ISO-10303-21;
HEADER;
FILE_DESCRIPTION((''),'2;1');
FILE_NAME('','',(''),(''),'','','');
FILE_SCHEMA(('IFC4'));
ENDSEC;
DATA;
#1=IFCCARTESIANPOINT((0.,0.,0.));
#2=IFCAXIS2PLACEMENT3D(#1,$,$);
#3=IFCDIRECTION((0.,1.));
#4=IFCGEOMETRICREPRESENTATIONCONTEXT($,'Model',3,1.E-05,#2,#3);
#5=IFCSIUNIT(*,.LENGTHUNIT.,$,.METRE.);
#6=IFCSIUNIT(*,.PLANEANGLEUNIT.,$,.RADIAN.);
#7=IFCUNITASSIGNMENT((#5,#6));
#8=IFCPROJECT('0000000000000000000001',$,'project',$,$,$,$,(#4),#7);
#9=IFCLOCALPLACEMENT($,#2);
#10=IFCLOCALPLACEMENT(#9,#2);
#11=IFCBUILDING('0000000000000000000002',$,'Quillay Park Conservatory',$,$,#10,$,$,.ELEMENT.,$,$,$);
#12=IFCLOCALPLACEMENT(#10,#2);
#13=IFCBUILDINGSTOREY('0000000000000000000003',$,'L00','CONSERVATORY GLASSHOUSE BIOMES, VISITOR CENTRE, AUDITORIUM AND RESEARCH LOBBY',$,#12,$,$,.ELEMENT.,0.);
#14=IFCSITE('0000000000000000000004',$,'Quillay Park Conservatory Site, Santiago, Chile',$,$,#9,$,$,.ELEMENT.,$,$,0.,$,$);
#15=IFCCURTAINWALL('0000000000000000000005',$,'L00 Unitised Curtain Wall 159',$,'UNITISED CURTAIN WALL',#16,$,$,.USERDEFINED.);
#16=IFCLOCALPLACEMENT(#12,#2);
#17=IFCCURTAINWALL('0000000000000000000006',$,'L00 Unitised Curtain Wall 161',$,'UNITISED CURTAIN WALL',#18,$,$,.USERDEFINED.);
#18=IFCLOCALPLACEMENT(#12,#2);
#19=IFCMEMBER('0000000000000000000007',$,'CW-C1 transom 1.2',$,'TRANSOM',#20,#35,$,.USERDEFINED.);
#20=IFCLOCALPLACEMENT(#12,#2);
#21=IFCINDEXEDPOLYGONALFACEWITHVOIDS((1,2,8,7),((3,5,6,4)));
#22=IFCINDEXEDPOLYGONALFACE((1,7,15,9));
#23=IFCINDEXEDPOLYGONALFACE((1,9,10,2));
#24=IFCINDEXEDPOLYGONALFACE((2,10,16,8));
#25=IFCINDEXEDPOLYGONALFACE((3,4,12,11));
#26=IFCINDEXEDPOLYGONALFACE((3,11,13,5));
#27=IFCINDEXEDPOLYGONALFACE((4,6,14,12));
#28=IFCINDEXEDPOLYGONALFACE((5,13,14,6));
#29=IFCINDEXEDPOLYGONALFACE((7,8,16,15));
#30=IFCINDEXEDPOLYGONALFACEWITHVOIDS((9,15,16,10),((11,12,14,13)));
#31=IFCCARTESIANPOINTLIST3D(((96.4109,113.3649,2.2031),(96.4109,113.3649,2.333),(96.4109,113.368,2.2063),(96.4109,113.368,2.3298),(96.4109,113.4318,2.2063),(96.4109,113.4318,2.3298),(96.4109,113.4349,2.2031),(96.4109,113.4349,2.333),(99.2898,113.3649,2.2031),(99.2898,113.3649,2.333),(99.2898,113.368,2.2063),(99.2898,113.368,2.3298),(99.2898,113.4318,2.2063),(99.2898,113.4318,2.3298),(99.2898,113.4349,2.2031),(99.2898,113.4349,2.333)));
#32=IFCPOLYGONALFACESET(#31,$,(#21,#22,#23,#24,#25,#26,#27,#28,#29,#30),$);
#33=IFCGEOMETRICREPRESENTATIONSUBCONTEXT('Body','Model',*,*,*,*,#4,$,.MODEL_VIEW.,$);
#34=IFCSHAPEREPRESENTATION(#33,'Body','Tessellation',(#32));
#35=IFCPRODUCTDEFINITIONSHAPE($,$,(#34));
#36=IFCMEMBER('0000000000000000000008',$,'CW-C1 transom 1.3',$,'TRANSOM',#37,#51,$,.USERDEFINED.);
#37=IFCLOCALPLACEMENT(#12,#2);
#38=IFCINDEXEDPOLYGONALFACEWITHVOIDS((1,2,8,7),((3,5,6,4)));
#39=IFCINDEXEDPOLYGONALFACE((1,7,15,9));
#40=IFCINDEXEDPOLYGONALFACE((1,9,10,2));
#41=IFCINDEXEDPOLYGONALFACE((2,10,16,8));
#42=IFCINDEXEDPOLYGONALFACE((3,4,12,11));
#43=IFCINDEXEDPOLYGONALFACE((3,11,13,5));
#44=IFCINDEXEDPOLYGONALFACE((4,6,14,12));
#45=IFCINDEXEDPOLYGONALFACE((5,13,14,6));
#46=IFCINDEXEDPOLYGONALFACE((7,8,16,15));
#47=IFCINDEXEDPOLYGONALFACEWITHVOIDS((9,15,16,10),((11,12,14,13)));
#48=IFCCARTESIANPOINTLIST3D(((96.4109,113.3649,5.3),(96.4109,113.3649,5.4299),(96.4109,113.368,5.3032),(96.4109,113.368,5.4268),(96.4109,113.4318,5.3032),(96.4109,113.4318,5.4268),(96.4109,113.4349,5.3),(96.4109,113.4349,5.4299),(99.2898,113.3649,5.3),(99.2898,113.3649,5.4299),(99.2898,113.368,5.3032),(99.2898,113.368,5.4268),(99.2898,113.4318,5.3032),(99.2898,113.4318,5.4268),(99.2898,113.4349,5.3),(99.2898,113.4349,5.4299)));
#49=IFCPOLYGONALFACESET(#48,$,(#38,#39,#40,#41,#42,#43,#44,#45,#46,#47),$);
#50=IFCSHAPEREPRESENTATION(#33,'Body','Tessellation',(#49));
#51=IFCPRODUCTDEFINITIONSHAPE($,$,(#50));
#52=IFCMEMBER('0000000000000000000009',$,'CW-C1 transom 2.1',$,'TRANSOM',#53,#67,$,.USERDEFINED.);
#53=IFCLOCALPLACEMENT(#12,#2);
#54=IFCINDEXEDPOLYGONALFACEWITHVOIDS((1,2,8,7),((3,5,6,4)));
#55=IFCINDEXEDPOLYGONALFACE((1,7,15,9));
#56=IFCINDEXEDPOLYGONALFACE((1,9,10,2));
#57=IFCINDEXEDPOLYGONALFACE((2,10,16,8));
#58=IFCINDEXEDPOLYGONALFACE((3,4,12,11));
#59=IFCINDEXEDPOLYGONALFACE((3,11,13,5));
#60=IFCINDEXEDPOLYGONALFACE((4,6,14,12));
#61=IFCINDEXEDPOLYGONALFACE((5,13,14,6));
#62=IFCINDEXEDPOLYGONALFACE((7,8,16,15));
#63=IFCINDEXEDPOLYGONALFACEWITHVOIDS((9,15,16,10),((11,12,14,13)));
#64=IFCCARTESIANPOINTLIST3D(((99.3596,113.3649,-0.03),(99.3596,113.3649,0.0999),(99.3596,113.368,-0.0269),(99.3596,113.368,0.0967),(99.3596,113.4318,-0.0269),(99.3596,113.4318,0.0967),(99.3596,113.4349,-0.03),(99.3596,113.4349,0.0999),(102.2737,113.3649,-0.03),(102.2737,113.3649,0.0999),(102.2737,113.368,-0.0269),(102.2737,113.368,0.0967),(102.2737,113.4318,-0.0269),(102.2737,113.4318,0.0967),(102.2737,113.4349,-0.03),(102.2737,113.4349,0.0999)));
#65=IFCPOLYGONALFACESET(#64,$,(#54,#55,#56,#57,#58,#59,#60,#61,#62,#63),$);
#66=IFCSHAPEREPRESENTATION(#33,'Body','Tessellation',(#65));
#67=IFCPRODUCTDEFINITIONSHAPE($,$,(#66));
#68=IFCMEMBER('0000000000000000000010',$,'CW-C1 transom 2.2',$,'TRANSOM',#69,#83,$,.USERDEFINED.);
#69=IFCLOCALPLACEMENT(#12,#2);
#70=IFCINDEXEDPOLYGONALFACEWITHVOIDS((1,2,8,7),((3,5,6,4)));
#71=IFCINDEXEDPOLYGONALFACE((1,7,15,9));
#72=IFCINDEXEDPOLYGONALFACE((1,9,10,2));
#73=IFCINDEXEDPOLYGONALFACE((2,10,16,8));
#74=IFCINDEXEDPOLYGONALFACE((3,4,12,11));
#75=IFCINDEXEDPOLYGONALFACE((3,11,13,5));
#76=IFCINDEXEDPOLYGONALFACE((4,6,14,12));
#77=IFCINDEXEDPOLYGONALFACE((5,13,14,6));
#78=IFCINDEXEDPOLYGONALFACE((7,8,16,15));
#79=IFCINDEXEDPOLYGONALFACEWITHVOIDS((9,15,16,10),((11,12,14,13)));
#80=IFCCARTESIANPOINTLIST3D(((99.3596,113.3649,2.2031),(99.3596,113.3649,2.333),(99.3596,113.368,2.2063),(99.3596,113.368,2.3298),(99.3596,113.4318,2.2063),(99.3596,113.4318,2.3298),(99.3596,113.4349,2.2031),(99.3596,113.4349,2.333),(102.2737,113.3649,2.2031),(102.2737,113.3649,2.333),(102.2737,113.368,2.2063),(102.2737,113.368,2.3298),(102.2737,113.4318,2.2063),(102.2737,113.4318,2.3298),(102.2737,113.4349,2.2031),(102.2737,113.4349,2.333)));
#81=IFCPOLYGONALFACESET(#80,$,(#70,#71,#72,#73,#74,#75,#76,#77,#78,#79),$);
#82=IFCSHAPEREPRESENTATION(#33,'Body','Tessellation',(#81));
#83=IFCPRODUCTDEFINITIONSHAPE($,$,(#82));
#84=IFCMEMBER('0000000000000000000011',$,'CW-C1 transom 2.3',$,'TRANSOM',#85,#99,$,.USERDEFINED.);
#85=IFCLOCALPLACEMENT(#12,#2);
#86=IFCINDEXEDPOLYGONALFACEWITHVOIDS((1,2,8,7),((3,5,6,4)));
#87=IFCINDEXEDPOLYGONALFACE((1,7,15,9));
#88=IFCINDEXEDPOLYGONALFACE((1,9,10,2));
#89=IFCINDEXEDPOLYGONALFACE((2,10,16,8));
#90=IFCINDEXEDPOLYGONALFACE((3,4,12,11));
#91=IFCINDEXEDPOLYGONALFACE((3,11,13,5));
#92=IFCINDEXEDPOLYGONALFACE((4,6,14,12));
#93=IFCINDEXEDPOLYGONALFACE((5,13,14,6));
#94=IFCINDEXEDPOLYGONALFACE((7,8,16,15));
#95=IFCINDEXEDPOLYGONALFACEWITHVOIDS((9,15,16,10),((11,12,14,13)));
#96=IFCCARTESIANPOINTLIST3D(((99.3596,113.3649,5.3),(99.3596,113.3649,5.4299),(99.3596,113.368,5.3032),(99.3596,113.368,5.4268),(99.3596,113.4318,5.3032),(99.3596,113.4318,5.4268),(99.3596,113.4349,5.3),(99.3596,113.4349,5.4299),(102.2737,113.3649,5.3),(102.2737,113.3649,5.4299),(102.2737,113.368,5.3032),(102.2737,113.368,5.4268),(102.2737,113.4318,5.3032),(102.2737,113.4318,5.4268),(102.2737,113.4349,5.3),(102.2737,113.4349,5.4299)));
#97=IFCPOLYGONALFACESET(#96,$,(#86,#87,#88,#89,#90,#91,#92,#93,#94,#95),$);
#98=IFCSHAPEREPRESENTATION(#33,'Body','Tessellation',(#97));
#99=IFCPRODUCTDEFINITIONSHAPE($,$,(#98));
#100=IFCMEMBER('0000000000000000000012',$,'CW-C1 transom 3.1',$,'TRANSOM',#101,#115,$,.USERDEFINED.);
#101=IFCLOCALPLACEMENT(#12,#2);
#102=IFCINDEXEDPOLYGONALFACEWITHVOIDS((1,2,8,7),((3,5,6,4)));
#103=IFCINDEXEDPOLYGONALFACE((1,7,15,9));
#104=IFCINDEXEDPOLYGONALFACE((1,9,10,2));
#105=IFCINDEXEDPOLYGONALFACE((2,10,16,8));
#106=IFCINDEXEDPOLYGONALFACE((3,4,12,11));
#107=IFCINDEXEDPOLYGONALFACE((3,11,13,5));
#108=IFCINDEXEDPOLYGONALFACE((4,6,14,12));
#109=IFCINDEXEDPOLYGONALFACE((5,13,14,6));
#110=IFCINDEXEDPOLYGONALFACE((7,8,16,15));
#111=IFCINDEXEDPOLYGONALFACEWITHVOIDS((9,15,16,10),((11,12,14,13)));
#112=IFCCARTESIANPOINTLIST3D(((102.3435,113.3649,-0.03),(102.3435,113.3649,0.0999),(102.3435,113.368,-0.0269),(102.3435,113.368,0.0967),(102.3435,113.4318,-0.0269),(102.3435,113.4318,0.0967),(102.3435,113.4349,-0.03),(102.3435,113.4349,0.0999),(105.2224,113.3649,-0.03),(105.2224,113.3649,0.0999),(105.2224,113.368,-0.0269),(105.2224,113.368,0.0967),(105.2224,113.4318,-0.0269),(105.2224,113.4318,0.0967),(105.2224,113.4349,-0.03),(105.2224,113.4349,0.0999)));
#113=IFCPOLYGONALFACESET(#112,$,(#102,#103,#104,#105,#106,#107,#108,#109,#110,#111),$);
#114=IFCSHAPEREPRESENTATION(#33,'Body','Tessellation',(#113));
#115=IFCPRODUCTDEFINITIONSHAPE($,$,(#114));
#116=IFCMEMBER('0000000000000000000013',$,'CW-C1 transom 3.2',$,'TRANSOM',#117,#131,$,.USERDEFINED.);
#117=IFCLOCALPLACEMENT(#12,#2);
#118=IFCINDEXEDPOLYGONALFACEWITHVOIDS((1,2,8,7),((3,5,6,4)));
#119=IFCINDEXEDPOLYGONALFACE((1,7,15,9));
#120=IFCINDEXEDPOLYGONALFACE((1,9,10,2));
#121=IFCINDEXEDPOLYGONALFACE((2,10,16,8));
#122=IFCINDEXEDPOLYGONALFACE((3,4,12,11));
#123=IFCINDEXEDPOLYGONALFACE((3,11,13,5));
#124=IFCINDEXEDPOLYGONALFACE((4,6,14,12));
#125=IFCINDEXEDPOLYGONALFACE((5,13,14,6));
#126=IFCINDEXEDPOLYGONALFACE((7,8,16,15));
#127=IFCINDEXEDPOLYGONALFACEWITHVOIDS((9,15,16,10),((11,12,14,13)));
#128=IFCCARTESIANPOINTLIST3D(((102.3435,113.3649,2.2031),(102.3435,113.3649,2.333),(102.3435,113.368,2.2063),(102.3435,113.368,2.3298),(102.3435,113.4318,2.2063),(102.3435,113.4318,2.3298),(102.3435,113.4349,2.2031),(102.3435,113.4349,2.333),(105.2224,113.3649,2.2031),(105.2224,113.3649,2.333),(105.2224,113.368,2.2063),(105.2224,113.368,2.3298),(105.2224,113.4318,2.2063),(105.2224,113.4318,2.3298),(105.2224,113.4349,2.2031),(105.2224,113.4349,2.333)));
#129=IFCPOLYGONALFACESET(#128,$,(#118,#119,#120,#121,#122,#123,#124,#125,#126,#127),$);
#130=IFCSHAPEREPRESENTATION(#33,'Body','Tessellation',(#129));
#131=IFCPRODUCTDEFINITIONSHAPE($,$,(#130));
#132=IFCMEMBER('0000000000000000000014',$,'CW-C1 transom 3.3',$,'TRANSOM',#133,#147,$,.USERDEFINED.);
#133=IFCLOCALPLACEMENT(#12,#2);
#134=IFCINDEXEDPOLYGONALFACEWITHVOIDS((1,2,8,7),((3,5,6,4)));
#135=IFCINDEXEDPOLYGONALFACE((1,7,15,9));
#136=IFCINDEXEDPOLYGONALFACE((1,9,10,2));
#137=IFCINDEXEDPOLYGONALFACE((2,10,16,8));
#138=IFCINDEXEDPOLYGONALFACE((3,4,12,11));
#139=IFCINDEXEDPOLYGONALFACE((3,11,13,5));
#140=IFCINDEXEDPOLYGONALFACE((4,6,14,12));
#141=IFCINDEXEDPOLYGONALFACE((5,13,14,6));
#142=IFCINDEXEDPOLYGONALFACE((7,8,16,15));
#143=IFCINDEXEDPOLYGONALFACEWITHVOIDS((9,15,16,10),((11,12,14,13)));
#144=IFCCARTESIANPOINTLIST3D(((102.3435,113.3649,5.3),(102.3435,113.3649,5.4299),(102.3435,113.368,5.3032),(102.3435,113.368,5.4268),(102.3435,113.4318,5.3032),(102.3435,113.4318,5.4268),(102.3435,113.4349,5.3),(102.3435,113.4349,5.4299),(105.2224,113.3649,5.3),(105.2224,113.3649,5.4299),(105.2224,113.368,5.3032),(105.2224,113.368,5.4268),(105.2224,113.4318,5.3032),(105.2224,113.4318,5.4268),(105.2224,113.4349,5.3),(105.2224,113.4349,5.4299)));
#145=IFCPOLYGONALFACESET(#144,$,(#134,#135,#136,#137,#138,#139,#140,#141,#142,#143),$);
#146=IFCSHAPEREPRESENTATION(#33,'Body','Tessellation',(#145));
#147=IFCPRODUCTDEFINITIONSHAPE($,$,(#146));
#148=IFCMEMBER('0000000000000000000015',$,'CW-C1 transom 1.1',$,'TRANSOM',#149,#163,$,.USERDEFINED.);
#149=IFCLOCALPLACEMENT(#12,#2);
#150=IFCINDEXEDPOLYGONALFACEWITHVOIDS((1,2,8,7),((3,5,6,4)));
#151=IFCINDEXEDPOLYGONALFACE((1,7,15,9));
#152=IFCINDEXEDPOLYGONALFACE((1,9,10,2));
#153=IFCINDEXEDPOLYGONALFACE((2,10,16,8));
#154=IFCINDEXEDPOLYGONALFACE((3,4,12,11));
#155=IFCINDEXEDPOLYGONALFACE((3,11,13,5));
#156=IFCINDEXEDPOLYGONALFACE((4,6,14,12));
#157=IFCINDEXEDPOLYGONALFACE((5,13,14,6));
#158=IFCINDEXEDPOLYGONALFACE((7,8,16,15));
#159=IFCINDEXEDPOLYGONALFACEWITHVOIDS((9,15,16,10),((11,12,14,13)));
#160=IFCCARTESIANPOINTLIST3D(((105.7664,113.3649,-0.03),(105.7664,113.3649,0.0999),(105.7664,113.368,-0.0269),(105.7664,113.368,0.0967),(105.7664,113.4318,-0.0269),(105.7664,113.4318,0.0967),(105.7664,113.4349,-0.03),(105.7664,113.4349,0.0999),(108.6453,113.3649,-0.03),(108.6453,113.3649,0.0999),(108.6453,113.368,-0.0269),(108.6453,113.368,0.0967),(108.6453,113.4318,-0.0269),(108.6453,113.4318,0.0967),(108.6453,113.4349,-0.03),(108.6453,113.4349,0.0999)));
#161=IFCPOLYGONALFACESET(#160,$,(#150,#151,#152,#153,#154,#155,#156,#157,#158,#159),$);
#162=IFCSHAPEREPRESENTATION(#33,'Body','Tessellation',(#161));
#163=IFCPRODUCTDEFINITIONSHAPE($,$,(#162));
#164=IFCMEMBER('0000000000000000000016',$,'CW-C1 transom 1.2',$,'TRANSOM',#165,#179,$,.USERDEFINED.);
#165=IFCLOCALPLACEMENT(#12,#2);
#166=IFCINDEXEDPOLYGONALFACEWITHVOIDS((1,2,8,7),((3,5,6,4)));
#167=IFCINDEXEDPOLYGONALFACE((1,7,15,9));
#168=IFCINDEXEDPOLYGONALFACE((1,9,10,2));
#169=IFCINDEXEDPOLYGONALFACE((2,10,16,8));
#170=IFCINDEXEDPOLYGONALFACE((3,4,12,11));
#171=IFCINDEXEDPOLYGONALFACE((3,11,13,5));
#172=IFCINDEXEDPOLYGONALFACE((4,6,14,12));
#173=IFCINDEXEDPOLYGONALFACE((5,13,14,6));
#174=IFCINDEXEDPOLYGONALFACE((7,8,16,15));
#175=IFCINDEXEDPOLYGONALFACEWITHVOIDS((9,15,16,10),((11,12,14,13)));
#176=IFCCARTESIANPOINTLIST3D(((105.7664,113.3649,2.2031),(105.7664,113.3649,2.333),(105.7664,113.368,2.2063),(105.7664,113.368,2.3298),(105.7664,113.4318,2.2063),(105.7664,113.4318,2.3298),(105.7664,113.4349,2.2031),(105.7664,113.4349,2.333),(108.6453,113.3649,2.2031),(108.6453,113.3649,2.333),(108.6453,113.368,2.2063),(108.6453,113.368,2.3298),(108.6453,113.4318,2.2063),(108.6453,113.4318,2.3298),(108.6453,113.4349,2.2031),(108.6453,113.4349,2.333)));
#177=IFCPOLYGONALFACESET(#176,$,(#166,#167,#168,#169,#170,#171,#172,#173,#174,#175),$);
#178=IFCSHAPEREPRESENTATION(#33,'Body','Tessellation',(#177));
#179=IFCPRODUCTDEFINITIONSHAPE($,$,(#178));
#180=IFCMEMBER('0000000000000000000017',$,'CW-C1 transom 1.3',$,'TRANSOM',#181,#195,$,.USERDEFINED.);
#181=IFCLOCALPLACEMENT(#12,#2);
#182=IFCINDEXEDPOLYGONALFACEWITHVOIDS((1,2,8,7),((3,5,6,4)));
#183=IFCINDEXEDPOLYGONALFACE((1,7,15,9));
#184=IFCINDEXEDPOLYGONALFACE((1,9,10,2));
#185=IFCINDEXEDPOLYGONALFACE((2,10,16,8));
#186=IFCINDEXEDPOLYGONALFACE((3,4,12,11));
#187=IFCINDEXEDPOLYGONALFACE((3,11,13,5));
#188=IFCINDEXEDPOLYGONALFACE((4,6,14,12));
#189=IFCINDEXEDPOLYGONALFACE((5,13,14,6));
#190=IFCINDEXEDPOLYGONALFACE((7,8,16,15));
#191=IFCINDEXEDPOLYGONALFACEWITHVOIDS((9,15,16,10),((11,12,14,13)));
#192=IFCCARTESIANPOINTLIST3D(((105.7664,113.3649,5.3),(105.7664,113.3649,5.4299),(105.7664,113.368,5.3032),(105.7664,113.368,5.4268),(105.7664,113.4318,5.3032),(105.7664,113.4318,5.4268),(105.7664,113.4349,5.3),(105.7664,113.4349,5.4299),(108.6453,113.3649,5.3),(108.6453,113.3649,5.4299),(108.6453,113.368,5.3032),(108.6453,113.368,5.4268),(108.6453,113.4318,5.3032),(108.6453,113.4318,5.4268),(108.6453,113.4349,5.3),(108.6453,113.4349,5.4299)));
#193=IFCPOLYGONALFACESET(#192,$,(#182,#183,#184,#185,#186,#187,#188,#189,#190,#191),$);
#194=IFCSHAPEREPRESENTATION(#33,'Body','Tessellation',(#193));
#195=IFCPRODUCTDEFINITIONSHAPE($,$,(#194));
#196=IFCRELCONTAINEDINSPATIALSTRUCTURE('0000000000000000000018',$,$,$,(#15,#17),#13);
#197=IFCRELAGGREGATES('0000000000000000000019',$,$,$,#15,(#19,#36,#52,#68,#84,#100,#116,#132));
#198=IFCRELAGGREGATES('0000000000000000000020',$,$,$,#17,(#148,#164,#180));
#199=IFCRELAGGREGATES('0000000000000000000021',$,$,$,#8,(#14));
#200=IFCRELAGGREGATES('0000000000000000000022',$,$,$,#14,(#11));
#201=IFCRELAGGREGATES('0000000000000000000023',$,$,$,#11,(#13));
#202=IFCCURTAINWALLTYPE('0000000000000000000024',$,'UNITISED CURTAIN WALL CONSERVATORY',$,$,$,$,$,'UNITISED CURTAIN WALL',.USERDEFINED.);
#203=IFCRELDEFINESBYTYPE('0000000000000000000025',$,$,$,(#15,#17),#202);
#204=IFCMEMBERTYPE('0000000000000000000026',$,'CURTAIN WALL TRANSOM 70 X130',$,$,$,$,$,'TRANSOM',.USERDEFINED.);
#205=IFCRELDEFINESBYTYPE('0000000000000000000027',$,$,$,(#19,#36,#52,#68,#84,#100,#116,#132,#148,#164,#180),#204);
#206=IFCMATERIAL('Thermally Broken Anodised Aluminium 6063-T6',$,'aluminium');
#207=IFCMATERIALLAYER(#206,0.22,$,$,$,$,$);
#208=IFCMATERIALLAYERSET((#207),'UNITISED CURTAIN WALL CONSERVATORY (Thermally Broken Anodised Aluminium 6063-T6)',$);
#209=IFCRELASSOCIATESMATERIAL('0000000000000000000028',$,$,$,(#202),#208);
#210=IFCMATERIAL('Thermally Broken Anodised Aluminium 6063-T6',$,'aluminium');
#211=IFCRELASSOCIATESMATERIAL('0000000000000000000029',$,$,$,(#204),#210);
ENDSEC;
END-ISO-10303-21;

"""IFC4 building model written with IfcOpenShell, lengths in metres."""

from ifc_helpers import new_model, si_unit, direction, frame, origin, origin_2d, place, context, subcontext, project, spatial, hollow_rectangle, extrude, material, layer, layer_set, material_profile, profile_set, type_object, element, aggregate, save


model = new_model("IFC4")

# Units and contexts
model_context = context("Model", 3, precision=1e-05, world=origin(), true_north=direction((0.0, 1.0)))
body_context = subcontext(model_context, "Body", "Model", "MODEL_VIEW")
ifc_project = project(units=[si_unit("LENGTHUNIT", "METRE"), si_unit("PLANEANGLEUNIT", "RADIAN")], contexts=[model_context])

# Site, building, storey
site_placement = place(None, origin())
site = spatial("IfcSite", under=ifc_project, at=site_placement, Name="Quillay Park Conservatory Site, Santiago, Chile", CompositionType="ELEMENT", RefElevation=0.0)
building_placement = place(site_placement, origin())
building = spatial("IfcBuilding", under=site, at=building_placement, Name="Quillay Park Conservatory", CompositionType="ELEMENT")
storey_placement = place(building_placement, origin())
storey = spatial("IfcBuildingStorey", under=building, at=storey_placement, Name="L00", Description="CONSERVATORY GLASSHOUSE BIOMES, VISITOR CENTRE, AUDITORIUM AND RESEARCH LOBBY", CompositionType="ELEMENT", Elevation=0.0)

# Curtain walls
ifc_material_1 = material(Name="Thermally Broken Anodised Aluminium 6063-T6", Category="aluminium")
ifc_layer_1 = layer(ifc_material_1, 0.22)
ifc_layer_set_1 = layer_set([ifc_layer_1], Name="UNITISED CURTAIN WALL CONSERVATORY (Thermally Broken Anodised Aluminium 6063-T6)")
curtain_wall_type = type_object("IfcCurtainWallType", Name="UNITISED CURTAIN WALL CONSERVATORY", ElementType="UNITISED CURTAIN WALL", PredefinedType="USERDEFINED", material=ifc_layer_set_1)
curtain_wall_1_placement = place(storey_placement, origin())
curtain_wall_1 = element("IfcCurtainWall", 1, at=curtain_wall_1_placement, inside=storey, type_object=curtain_wall_type, Name="L00 Unitised Curtain Wall 159", ObjectType="UNITISED CURTAIN WALL", PredefinedType="USERDEFINED")
curtain_wall_2_placement = place(storey_placement, origin())
curtain_wall_2 = element("IfcCurtainWall", 2, at=curtain_wall_2_placement, inside=storey, type_object=curtain_wall_type, Name="L00 Unitised Curtain Wall 161", ObjectType="UNITISED CURTAIN WALL", PredefinedType="USERDEFINED")

# Members
ifc_material_2 = material(Name="Thermally Broken Anodised Aluminium 6063-T6", Category="aluminium")
ifc_material_profile_1 = material_profile(ifc_material_2, hollow_rectangle(XDim=0.0701, YDim=0.1299, WallThickness=0.0032, at=origin_2d()), Name="AL70x130x3.2")
ifc_profile_set_1 = profile_set([ifc_material_profile_1], Name="Thermally Broken Anodised Aluminium 6063-T6")
member_type_1 = type_object("IfcMemberType", Name="CURTAIN WALL TRANSOM 70 X130", ElementType="TRANSOM", PredefinedType="USERDEFINED", material=ifc_profile_set_1)
member_1_placement = place(storey_placement, frame((96.4109, 113.3999, 2.2681), z_axis=(1.0, 0.0, 0.0), x_axis=(0.0, 1.0, 0.0)))
member_1 = element("IfcMember", 3, at=member_1_placement, type_object=member_type_1, Name="CW-C1 transom 1.2", ObjectType="TRANSOM", PredefinedType="USERDEFINED", context=body_context, shape_type="SweptSolid", body=[
    extrude(hollow_rectangle(XDim=0.0701, YDim=0.1299, WallThickness=0.0032, at=origin_2d()), origin(), (0.0, 0.0, 1.0), 2.8789),
])
member_2_placement = place(storey_placement, frame((96.4109, 113.3999, 5.365), z_axis=(1.0, 0.0, 0.0), x_axis=(0.0, 1.0, 0.0)))
member_2 = element("IfcMember", 4, at=member_2_placement, type_object=member_type_1, Name="CW-C1 transom 1.3", ObjectType="TRANSOM", PredefinedType="USERDEFINED", context=body_context, shape_type="SweptSolid", body=[
    extrude(hollow_rectangle(XDim=0.0701, YDim=0.1299, WallThickness=0.0032, at=origin_2d()), origin(), (0.0, 0.0, 1.0), 2.8789),
])
member_3_placement = place(storey_placement, frame((99.3596, 113.3999, 0.0349), z_axis=(1.0, 0.0, 0.0), x_axis=(0.0, 1.0, 0.0)))
member_3 = element("IfcMember", 5, at=member_3_placement, type_object=member_type_1, Name="CW-C1 transom 2.1", ObjectType="TRANSOM", PredefinedType="USERDEFINED", context=body_context, shape_type="SweptSolid", body=[
    extrude(hollow_rectangle(XDim=0.0701, YDim=0.1299, WallThickness=0.0032, at=origin_2d()), origin(), (0.0, 0.0, 1.0), 2.9141),
])
member_4_placement = place(storey_placement, frame((99.3596, 113.3999, 2.2681), z_axis=(1.0, 0.0, 0.0), x_axis=(0.0, 1.0, 0.0)))
member_4 = element("IfcMember", 6, at=member_4_placement, type_object=member_type_1, Name="CW-C1 transom 2.2", ObjectType="TRANSOM", PredefinedType="USERDEFINED", context=body_context, shape_type="SweptSolid", body=[
    extrude(hollow_rectangle(XDim=0.0701, YDim=0.1299, WallThickness=0.0032, at=origin_2d()), origin(), (0.0, 0.0, 1.0), 2.9141),
])
member_5_placement = place(storey_placement, frame((99.3596, 113.3999, 5.365), z_axis=(1.0, 0.0, 0.0), x_axis=(0.0, 1.0, 0.0)))
member_5 = element("IfcMember", 7, at=member_5_placement, type_object=member_type_1, Name="CW-C1 transom 2.3", ObjectType="TRANSOM", PredefinedType="USERDEFINED", context=body_context, shape_type="SweptSolid", body=[
    extrude(hollow_rectangle(XDim=0.0701, YDim=0.1299, WallThickness=0.0032, at=origin_2d()), origin(), (0.0, 0.0, 1.0), 2.9141),
])
member_6_placement = place(storey_placement, frame((102.3435, 113.3999, 0.0349), z_axis=(1.0, 0.0, 0.0), x_axis=(0.0, 1.0, 0.0)))
member_6 = element("IfcMember", 8, at=member_6_placement, type_object=member_type_1, Name="CW-C1 transom 3.1", ObjectType="TRANSOM", PredefinedType="USERDEFINED", context=body_context, shape_type="SweptSolid", body=[
    extrude(hollow_rectangle(XDim=0.0701, YDim=0.1299, WallThickness=0.0032, at=origin_2d()), origin(), (0.0, 0.0, 1.0), 2.8789),
])
member_7_placement = place(storey_placement, frame((102.3435, 113.3999, 2.2681), z_axis=(1.0, 0.0, 0.0), x_axis=(0.0, 1.0, 0.0)))
member_7 = element("IfcMember", 9, at=member_7_placement, type_object=member_type_1, Name="CW-C1 transom 3.2", ObjectType="TRANSOM", PredefinedType="USERDEFINED", context=body_context, shape_type="SweptSolid", body=[
    extrude(hollow_rectangle(XDim=0.0701, YDim=0.1299, WallThickness=0.0032, at=origin_2d()), origin(), (0.0, 0.0, 1.0), 2.8789),
])
member_8_placement = place(storey_placement, frame((102.3435, 113.3999, 5.365), z_axis=(1.0, 0.0, 0.0), x_axis=(0.0, 1.0, 0.0)))
member_8 = element("IfcMember", 10, at=member_8_placement, type_object=member_type_1, Name="CW-C1 transom 3.3", ObjectType="TRANSOM", PredefinedType="USERDEFINED", context=body_context, shape_type="SweptSolid", body=[
    extrude(hollow_rectangle(XDim=0.0701, YDim=0.1299, WallThickness=0.0032, at=origin_2d()), origin(), (0.0, 0.0, 1.0), 2.8789),
])
member_9_placement = place(storey_placement, frame((105.7664, 113.3999, 0.0349), z_axis=(1.0, 0.0, 0.0), x_axis=(0.0, 1.0, 0.0)))
member_9 = element("IfcMember", 11, at=member_9_placement, type_object=member_type_1, Name="CW-C1 transom 1.1", ObjectType="TRANSOM", PredefinedType="USERDEFINED", context=body_context, shape_type="SweptSolid", body=[
    extrude(hollow_rectangle(XDim=0.0701, YDim=0.1299, WallThickness=0.0032, at=origin_2d()), origin(), (0.0, 0.0, 1.0), 2.8789),
])
member_10_placement = place(storey_placement, frame((105.7664, 113.3999, 2.2681), z_axis=(1.0, 0.0, 0.0), x_axis=(0.0, 1.0, 0.0)))
member_10 = element("IfcMember", 12, at=member_10_placement, type_object=member_type_1, Name="CW-C1 transom 1.2", ObjectType="TRANSOM", PredefinedType="USERDEFINED", context=body_context, shape_type="SweptSolid", body=[
    extrude(hollow_rectangle(XDim=0.0701, YDim=0.1299, WallThickness=0.0032, at=origin_2d()), origin(), (0.0, 0.0, 1.0), 2.8789),
])
member_11_placement = place(storey_placement, frame((105.7664, 113.3999, 5.365), z_axis=(1.0, 0.0, 0.0), x_axis=(0.0, 1.0, 0.0)))
member_11 = element("IfcMember", 13, at=member_11_placement, type_object=member_type_1, Name="CW-C1 transom 1.3", ObjectType="TRANSOM", PredefinedType="USERDEFINED", context=body_context, shape_type="SweptSolid", body=[
    extrude(hollow_rectangle(XDim=0.0701, YDim=0.1299, WallThickness=0.0032, at=origin_2d()), origin(), (0.0, 0.0, 1.0), 2.8789),
])

aggregate(curtain_wall_1, [member_1, member_2, member_3, member_4, member_5, member_6, member_7, member_8])
aggregate(curtain_wall_2, [member_9, member_10, member_11])

save(model, "model.ifc")
